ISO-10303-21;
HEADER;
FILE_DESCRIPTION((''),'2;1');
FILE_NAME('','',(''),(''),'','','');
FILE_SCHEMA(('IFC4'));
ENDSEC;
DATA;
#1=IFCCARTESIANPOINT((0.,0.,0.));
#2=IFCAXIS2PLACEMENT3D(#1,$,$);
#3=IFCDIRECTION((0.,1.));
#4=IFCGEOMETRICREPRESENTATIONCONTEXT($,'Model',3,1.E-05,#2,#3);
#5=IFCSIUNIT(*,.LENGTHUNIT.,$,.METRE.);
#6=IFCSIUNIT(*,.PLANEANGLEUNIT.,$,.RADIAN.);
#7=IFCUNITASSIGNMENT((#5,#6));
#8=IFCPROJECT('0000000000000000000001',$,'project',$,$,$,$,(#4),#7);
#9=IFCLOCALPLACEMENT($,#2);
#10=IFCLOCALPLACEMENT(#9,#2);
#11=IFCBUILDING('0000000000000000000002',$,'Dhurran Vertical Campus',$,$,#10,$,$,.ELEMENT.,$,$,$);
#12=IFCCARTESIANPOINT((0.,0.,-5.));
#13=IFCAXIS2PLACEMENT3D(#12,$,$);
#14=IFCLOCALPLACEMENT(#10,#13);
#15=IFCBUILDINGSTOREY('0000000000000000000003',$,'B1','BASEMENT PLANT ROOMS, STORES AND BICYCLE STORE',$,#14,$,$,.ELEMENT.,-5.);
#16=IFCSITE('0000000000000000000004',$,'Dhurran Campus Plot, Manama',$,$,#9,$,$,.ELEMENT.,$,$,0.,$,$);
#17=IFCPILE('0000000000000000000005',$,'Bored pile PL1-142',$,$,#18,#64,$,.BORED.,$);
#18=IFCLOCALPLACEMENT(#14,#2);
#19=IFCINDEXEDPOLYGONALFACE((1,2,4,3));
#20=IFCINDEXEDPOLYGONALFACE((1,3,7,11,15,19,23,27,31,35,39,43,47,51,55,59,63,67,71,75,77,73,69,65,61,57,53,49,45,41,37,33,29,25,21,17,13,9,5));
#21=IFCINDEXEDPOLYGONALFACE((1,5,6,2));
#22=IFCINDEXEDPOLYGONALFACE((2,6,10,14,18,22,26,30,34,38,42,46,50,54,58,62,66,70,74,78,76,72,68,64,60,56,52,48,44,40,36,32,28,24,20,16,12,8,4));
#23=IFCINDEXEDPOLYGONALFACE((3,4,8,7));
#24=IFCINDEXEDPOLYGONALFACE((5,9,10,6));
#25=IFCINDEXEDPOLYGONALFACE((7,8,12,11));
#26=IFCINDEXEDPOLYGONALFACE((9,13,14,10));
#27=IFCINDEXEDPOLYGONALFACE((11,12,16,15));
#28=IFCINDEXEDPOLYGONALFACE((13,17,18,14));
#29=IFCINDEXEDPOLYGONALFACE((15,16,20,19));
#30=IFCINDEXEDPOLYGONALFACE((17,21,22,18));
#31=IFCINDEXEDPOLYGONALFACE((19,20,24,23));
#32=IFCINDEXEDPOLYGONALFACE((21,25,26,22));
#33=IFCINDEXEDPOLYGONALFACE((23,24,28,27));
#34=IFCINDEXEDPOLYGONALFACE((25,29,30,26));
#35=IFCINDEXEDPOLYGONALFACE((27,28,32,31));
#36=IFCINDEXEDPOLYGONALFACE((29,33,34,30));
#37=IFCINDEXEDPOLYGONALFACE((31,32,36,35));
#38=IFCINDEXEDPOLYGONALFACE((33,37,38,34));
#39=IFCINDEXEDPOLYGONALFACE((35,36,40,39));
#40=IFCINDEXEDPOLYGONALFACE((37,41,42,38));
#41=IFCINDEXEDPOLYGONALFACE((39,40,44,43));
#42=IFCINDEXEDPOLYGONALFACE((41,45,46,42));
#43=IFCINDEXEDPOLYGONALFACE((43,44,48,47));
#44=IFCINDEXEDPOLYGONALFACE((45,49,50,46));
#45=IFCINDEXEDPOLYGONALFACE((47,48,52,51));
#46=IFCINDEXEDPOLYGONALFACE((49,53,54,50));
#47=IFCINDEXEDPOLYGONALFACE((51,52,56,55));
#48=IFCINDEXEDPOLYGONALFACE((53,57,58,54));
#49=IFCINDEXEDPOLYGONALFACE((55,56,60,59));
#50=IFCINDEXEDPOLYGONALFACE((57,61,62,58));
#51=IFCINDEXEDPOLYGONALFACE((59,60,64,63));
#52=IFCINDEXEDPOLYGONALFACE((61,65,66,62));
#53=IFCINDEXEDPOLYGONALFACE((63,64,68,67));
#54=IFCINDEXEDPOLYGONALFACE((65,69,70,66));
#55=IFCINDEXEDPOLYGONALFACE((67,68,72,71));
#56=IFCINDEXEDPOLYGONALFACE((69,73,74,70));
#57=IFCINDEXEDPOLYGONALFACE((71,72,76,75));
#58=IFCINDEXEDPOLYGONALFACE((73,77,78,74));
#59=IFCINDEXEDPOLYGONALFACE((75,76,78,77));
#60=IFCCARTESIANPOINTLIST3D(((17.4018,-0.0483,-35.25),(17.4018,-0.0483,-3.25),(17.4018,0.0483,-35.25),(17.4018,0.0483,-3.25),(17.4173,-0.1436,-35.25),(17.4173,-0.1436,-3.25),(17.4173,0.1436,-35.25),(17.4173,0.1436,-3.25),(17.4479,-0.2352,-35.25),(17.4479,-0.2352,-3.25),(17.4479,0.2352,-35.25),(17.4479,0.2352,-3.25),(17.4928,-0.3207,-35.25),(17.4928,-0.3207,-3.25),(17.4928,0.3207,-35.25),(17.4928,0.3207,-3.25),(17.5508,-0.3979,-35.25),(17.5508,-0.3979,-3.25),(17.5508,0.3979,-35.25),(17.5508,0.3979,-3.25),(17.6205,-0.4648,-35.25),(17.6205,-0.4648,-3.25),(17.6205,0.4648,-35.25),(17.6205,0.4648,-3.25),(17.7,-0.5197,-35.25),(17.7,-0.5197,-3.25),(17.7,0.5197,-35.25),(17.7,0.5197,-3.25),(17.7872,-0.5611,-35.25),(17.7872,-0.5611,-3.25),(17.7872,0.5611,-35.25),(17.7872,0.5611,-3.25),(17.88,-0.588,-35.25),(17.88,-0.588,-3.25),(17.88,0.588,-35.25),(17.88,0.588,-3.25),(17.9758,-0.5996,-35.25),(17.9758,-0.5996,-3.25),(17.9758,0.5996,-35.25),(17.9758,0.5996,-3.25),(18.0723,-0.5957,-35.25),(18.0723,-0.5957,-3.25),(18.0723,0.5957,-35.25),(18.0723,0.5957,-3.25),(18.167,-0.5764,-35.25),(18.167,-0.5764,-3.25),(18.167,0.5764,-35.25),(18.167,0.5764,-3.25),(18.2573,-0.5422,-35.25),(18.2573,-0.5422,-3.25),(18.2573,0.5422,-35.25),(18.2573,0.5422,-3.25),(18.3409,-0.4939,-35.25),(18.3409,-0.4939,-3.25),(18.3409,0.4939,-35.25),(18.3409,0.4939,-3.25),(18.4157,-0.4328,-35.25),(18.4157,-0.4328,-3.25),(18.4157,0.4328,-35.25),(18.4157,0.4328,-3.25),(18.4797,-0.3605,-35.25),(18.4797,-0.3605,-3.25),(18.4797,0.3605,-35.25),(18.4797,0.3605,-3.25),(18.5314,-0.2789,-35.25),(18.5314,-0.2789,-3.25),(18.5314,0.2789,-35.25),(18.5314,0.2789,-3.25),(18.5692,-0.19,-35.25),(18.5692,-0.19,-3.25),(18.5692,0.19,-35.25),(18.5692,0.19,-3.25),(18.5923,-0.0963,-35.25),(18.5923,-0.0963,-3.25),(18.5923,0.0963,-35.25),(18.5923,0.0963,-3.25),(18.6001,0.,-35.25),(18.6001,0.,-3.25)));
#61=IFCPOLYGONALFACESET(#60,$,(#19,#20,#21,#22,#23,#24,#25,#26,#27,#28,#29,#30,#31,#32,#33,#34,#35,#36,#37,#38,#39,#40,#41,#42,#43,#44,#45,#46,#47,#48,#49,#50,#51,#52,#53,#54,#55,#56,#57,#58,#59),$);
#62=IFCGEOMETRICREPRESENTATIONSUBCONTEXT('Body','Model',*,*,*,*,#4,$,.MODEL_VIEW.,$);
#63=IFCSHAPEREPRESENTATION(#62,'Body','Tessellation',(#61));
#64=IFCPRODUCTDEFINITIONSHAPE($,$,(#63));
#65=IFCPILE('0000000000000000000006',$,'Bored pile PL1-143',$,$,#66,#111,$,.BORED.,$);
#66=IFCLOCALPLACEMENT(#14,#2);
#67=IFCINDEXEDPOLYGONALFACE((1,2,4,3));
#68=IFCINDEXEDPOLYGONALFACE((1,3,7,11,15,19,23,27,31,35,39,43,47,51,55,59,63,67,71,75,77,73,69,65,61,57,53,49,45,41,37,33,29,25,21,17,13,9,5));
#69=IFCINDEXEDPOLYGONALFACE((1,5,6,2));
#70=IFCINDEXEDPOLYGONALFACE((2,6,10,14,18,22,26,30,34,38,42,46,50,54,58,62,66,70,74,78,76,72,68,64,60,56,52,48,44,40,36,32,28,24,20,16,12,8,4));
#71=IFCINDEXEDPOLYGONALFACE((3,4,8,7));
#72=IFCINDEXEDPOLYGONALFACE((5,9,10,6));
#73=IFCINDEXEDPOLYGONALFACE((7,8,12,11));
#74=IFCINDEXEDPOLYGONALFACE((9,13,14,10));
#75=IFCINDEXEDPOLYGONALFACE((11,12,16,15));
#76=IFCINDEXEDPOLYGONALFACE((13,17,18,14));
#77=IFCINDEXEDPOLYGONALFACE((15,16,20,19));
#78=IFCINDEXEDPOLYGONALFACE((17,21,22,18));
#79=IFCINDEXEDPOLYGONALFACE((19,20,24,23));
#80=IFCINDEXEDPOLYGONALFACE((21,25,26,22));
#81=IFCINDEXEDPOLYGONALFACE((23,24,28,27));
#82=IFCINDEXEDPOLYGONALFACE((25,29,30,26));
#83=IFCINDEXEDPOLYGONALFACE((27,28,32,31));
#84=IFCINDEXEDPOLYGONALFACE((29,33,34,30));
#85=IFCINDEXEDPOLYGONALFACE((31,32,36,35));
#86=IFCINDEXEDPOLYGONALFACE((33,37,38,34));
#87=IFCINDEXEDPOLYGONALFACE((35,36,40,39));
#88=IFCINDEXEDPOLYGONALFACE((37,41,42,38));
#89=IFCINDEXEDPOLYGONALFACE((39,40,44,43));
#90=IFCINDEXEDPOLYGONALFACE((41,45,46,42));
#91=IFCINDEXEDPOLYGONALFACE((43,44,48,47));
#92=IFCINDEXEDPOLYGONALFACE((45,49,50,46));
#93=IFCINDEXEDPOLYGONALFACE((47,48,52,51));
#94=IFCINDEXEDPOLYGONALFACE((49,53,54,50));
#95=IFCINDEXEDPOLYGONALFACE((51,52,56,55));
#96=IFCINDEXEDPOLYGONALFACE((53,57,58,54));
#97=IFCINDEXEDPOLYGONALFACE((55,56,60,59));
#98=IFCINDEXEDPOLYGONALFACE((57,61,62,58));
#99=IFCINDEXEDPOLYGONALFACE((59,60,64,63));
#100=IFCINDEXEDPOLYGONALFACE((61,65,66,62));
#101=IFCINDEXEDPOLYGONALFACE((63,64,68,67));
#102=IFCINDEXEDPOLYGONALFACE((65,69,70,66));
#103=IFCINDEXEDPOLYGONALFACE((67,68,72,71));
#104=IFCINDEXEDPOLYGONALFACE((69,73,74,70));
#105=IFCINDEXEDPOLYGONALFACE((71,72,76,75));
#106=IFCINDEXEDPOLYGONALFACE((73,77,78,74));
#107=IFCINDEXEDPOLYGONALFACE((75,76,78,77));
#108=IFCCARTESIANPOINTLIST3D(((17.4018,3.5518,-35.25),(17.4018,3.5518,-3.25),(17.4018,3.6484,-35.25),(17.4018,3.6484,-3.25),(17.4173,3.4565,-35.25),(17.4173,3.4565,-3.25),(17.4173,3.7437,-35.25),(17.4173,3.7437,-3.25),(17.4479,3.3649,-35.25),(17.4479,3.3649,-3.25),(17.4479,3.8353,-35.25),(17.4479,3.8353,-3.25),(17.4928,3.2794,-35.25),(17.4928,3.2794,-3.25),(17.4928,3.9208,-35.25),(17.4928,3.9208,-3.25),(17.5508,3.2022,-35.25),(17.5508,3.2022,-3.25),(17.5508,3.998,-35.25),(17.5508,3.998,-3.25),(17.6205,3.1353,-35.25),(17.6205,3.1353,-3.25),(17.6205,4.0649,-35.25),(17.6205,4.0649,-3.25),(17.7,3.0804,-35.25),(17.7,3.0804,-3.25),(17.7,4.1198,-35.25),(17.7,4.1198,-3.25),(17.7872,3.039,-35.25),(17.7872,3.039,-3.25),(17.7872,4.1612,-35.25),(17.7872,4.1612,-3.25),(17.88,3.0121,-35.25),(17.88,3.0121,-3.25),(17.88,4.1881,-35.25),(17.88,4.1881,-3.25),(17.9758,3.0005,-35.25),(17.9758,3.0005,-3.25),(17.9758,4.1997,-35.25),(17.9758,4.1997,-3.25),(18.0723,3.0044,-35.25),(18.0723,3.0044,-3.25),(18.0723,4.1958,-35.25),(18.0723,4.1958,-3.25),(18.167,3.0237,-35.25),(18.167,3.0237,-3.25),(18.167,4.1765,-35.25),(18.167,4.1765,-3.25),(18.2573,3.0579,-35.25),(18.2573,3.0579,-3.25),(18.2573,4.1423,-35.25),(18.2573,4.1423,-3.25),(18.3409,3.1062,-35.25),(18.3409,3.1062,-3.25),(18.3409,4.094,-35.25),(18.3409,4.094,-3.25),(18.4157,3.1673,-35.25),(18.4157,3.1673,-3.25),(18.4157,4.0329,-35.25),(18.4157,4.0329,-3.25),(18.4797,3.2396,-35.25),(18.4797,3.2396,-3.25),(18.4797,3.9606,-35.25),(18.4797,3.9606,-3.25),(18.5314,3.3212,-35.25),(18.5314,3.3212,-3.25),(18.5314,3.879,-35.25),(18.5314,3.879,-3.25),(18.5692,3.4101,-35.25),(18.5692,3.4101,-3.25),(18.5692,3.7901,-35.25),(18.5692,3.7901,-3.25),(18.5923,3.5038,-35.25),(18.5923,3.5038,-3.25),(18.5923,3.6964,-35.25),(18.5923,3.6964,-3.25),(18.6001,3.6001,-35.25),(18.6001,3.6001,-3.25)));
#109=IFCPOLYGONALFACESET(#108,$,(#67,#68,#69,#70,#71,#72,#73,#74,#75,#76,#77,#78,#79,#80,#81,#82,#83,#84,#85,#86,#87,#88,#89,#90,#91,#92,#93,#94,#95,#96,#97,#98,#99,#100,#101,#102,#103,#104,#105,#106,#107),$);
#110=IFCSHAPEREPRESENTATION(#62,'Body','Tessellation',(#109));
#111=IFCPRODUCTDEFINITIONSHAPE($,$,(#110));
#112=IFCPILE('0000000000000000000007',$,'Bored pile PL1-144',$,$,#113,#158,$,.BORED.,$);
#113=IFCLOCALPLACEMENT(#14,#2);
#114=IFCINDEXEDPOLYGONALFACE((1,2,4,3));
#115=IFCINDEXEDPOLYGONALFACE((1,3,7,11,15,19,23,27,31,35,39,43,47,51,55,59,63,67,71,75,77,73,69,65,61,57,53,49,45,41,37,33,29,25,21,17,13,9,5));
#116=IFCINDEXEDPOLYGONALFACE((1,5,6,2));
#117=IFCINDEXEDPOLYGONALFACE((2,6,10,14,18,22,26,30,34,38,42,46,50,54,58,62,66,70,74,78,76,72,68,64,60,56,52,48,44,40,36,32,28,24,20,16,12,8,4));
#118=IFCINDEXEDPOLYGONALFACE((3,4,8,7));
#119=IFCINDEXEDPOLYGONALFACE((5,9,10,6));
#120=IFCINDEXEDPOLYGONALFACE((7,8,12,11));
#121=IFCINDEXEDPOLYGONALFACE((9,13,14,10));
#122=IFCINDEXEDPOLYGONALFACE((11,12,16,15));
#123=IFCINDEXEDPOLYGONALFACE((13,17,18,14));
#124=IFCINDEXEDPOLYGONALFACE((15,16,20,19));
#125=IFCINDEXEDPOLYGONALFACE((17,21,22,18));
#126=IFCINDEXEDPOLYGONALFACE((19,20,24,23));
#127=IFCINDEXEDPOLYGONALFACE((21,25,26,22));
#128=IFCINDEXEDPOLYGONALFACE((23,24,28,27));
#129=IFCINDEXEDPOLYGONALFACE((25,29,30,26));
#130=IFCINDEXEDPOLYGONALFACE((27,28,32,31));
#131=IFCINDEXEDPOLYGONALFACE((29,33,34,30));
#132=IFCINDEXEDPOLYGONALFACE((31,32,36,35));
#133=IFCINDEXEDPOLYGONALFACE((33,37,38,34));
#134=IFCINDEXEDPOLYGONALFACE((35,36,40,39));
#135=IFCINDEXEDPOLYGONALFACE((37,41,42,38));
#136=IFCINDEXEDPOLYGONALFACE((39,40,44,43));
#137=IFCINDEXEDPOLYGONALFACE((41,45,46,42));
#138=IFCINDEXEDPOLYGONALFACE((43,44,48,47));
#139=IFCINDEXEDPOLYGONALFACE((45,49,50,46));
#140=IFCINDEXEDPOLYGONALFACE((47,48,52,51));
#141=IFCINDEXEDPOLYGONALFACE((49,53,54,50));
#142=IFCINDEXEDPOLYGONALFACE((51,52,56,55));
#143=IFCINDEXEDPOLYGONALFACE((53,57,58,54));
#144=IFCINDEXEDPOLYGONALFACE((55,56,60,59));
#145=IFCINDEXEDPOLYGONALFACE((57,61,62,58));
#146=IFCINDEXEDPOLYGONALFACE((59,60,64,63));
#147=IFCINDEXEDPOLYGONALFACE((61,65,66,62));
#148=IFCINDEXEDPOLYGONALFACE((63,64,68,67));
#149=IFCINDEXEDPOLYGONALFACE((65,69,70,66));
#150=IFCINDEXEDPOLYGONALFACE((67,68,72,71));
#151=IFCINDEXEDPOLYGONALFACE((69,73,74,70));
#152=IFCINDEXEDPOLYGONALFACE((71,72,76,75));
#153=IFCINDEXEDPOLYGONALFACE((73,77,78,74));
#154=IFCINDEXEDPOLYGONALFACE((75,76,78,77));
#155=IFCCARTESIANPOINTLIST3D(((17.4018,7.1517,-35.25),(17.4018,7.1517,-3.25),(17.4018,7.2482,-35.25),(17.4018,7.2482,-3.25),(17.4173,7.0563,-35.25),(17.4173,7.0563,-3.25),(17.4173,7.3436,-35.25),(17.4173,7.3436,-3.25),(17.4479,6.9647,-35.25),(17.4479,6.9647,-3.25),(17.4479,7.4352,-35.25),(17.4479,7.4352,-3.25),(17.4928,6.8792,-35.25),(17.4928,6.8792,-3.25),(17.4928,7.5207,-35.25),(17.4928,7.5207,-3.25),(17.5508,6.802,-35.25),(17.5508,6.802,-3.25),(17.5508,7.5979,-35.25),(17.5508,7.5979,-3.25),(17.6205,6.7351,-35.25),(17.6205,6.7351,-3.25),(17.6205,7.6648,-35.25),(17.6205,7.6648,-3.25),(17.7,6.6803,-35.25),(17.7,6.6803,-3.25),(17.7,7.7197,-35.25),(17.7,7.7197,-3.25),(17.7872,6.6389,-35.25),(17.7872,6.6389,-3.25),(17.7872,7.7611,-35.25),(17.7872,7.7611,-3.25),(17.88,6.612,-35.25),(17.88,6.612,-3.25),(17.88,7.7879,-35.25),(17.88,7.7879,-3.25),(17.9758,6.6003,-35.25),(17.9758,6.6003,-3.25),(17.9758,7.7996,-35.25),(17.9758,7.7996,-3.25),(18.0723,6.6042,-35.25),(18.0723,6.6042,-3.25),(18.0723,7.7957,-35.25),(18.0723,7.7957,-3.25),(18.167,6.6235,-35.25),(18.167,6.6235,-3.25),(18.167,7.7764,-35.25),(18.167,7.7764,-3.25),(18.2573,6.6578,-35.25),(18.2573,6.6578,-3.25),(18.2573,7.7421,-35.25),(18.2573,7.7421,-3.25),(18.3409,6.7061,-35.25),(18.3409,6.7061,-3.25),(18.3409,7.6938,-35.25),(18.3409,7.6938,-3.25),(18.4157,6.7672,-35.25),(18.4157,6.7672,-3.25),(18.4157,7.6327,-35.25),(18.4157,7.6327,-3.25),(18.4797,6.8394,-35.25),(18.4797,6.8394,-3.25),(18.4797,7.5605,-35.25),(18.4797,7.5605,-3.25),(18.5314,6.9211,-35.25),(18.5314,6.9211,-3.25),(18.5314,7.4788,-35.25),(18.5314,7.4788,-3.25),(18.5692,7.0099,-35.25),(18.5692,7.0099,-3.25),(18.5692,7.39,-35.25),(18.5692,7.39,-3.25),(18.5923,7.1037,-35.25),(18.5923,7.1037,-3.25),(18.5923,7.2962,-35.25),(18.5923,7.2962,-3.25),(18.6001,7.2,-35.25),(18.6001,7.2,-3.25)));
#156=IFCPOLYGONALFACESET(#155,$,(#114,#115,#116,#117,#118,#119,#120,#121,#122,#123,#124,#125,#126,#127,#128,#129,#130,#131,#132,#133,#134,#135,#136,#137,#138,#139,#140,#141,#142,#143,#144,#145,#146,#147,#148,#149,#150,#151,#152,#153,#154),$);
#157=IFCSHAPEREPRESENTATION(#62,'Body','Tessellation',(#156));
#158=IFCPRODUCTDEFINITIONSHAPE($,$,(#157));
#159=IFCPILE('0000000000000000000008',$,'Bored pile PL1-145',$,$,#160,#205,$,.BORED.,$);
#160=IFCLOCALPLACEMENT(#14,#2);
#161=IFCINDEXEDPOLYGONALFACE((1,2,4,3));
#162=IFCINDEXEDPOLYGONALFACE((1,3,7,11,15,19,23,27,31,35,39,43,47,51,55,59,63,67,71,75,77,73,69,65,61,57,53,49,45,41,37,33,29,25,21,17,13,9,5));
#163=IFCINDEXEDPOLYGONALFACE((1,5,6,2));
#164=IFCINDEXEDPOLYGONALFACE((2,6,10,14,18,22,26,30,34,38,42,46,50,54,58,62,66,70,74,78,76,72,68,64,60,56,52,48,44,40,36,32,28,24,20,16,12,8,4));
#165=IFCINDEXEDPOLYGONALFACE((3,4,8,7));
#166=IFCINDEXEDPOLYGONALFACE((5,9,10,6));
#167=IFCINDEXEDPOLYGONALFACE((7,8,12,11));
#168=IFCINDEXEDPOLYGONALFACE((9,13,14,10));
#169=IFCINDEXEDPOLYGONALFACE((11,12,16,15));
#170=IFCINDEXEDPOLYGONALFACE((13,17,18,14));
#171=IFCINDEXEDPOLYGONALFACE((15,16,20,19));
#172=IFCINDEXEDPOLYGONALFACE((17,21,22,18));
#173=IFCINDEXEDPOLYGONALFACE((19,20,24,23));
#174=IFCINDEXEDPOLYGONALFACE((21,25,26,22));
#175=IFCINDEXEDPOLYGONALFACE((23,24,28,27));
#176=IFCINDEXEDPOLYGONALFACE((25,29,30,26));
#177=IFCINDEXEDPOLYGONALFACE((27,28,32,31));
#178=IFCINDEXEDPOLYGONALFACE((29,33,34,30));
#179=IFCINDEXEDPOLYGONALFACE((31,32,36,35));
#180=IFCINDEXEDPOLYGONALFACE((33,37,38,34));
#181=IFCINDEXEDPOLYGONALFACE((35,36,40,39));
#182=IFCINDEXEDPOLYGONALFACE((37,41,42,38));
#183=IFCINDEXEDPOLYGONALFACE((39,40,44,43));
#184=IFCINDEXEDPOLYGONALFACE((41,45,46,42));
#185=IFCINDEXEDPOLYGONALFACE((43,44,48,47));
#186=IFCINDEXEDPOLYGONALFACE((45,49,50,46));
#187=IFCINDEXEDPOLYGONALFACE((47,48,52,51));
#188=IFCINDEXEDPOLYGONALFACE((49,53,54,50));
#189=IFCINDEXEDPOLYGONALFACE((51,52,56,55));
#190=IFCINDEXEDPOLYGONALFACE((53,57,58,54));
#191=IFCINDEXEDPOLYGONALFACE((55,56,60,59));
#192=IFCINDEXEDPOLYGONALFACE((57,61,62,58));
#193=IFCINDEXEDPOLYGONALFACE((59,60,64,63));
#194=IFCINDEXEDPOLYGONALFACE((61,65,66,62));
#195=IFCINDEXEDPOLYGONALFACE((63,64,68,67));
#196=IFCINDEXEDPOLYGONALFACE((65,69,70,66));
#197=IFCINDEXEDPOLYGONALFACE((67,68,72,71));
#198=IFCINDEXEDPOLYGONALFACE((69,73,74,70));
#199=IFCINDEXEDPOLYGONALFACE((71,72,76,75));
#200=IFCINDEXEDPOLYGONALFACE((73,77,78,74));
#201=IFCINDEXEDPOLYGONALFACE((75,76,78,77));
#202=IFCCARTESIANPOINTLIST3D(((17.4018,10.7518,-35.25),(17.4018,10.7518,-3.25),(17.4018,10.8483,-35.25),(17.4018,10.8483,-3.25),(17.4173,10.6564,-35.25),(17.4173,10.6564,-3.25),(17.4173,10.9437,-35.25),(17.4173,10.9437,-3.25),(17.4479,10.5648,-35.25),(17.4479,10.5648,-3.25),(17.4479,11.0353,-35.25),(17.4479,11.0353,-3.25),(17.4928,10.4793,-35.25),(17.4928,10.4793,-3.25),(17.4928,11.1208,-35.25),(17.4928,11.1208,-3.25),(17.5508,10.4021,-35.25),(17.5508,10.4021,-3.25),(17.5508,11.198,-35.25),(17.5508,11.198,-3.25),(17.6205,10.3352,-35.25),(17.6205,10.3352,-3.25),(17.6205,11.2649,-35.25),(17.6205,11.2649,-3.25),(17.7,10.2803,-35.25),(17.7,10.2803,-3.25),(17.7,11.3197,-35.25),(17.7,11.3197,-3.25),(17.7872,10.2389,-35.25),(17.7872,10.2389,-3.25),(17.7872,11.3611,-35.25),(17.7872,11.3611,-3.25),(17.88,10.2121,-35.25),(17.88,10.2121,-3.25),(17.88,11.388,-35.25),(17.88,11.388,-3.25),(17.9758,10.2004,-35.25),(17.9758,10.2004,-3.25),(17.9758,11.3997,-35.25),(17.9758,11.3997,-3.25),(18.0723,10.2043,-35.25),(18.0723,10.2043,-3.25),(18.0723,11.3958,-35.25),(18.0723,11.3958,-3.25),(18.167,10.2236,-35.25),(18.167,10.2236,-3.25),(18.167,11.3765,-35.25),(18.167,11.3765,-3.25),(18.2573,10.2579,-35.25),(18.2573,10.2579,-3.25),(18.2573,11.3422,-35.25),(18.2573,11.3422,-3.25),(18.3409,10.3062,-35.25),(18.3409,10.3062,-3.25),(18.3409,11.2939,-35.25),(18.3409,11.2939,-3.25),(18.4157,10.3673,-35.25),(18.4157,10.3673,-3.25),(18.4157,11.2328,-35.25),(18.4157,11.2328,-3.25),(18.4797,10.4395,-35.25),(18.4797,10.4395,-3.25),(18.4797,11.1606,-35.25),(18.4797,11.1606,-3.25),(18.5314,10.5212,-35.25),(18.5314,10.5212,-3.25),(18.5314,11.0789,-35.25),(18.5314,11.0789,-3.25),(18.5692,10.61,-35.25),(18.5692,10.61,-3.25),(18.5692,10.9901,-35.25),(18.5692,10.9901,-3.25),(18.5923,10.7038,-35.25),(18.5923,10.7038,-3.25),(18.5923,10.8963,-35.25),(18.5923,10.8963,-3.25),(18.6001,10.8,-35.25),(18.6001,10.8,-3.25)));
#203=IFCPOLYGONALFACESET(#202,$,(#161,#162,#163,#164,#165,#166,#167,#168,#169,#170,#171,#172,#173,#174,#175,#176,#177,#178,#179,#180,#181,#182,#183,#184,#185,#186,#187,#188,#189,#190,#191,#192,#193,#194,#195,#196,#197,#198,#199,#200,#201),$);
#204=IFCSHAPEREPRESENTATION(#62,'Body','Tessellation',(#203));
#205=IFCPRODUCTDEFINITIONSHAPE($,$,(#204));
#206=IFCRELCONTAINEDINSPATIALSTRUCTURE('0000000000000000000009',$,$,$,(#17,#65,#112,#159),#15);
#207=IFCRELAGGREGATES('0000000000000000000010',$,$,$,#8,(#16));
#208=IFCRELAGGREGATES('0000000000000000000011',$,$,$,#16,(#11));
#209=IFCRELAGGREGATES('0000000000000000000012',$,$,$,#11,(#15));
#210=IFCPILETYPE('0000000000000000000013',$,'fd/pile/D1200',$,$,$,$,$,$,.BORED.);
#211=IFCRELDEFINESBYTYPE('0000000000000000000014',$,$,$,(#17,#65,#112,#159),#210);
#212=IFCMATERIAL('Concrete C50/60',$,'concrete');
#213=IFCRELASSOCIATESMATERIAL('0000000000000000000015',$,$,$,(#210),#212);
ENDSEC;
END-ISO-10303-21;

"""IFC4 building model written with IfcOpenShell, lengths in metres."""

from ifc_helpers import new_model, si_unit, direction, frame, origin, origin_2d, place, context, subcontext, project, spatial, circle, extrude, material, material_profile, profile_set, type_object, element, save


model = new_model("IFC4")

# Units and contexts
model_context = context("Model", 3, precision=1e-05, world=origin(), true_north=direction((0.0, 1.0)))
body_context = subcontext(model_context, "Body", "Model", "MODEL_VIEW")
ifc_project = project(units=[si_unit("LENGTHUNIT", "METRE"), si_unit("PLANEANGLEUNIT", "RADIAN")], contexts=[model_context])

# Site, building, storey
site_placement = place(None, origin())
site = spatial("IfcSite", under=ifc_project, at=site_placement, Name="Dhurran Campus Plot, Manama", CompositionType="ELEMENT", RefElevation=0.0)
building_placement = place(site_placement, origin())
building = spatial("IfcBuilding", under=site, at=building_placement, Name="Dhurran Vertical Campus", CompositionType="ELEMENT")
storey_placement = place(building_placement, frame((0.0, 0.0, -5.0)))
storey = spatial("IfcBuildingStorey", under=building, at=storey_placement, Name="B1", Description="BASEMENT PLANT ROOMS, STORES AND BICYCLE STORE", CompositionType="ELEMENT", Elevation=-5.0)

# Piles
ifc_material_1 = material(Name="Concrete C50/60", Category="concrete")
ifc_material_profile_1 = material_profile(ifc_material_1, circle(Radius=0.6001, at=origin_2d()), Name="fd/pile/D1200")
ifc_profile_set_1 = profile_set([ifc_material_profile_1], Name="Concrete C50/60")
pile_type = type_object("IfcPileType", Name="fd/pile/D1200", PredefinedType="BORED", material=ifc_profile_set_1)
for number, where, z_axis, x_axis, name in (
    (1, (18.0, 0.0, -3.25), (0.0, 0.0, -1.0), (1.0, 0.0, 0.0), "Bored pile PL1-142"),
    (2, (18.0, 3.6001, -3.25), (0.0, 0.0, -1.0), (1.0, 0.0, 0.0), "Bored pile PL1-143"),
    (3, (18.0, 7.2, -3.25), (0.0, 0.0, -1.0), (1.0, 0.0, 0.0), "Bored pile PL1-144"),
    (4, (18.0, 10.8, -3.25), (0.0, 0.0, -1.0), (1.0, 0.0, 0.0), "Bored pile PL1-145"),
):
    element("IfcPile", number, at=place(storey_placement, frame(where, z_axis=z_axis, x_axis=x_axis)), inside=storey, type_object=pile_type, Name=name, PredefinedType="BORED", context=body_context, shape_type="SweptSolid", body=[
        extrude(circle(Radius=0.6001, at=origin_2d()), origin(), (0.0, 0.0, 1.0), 32.0),
    ])

save(model, "model.ifc")
